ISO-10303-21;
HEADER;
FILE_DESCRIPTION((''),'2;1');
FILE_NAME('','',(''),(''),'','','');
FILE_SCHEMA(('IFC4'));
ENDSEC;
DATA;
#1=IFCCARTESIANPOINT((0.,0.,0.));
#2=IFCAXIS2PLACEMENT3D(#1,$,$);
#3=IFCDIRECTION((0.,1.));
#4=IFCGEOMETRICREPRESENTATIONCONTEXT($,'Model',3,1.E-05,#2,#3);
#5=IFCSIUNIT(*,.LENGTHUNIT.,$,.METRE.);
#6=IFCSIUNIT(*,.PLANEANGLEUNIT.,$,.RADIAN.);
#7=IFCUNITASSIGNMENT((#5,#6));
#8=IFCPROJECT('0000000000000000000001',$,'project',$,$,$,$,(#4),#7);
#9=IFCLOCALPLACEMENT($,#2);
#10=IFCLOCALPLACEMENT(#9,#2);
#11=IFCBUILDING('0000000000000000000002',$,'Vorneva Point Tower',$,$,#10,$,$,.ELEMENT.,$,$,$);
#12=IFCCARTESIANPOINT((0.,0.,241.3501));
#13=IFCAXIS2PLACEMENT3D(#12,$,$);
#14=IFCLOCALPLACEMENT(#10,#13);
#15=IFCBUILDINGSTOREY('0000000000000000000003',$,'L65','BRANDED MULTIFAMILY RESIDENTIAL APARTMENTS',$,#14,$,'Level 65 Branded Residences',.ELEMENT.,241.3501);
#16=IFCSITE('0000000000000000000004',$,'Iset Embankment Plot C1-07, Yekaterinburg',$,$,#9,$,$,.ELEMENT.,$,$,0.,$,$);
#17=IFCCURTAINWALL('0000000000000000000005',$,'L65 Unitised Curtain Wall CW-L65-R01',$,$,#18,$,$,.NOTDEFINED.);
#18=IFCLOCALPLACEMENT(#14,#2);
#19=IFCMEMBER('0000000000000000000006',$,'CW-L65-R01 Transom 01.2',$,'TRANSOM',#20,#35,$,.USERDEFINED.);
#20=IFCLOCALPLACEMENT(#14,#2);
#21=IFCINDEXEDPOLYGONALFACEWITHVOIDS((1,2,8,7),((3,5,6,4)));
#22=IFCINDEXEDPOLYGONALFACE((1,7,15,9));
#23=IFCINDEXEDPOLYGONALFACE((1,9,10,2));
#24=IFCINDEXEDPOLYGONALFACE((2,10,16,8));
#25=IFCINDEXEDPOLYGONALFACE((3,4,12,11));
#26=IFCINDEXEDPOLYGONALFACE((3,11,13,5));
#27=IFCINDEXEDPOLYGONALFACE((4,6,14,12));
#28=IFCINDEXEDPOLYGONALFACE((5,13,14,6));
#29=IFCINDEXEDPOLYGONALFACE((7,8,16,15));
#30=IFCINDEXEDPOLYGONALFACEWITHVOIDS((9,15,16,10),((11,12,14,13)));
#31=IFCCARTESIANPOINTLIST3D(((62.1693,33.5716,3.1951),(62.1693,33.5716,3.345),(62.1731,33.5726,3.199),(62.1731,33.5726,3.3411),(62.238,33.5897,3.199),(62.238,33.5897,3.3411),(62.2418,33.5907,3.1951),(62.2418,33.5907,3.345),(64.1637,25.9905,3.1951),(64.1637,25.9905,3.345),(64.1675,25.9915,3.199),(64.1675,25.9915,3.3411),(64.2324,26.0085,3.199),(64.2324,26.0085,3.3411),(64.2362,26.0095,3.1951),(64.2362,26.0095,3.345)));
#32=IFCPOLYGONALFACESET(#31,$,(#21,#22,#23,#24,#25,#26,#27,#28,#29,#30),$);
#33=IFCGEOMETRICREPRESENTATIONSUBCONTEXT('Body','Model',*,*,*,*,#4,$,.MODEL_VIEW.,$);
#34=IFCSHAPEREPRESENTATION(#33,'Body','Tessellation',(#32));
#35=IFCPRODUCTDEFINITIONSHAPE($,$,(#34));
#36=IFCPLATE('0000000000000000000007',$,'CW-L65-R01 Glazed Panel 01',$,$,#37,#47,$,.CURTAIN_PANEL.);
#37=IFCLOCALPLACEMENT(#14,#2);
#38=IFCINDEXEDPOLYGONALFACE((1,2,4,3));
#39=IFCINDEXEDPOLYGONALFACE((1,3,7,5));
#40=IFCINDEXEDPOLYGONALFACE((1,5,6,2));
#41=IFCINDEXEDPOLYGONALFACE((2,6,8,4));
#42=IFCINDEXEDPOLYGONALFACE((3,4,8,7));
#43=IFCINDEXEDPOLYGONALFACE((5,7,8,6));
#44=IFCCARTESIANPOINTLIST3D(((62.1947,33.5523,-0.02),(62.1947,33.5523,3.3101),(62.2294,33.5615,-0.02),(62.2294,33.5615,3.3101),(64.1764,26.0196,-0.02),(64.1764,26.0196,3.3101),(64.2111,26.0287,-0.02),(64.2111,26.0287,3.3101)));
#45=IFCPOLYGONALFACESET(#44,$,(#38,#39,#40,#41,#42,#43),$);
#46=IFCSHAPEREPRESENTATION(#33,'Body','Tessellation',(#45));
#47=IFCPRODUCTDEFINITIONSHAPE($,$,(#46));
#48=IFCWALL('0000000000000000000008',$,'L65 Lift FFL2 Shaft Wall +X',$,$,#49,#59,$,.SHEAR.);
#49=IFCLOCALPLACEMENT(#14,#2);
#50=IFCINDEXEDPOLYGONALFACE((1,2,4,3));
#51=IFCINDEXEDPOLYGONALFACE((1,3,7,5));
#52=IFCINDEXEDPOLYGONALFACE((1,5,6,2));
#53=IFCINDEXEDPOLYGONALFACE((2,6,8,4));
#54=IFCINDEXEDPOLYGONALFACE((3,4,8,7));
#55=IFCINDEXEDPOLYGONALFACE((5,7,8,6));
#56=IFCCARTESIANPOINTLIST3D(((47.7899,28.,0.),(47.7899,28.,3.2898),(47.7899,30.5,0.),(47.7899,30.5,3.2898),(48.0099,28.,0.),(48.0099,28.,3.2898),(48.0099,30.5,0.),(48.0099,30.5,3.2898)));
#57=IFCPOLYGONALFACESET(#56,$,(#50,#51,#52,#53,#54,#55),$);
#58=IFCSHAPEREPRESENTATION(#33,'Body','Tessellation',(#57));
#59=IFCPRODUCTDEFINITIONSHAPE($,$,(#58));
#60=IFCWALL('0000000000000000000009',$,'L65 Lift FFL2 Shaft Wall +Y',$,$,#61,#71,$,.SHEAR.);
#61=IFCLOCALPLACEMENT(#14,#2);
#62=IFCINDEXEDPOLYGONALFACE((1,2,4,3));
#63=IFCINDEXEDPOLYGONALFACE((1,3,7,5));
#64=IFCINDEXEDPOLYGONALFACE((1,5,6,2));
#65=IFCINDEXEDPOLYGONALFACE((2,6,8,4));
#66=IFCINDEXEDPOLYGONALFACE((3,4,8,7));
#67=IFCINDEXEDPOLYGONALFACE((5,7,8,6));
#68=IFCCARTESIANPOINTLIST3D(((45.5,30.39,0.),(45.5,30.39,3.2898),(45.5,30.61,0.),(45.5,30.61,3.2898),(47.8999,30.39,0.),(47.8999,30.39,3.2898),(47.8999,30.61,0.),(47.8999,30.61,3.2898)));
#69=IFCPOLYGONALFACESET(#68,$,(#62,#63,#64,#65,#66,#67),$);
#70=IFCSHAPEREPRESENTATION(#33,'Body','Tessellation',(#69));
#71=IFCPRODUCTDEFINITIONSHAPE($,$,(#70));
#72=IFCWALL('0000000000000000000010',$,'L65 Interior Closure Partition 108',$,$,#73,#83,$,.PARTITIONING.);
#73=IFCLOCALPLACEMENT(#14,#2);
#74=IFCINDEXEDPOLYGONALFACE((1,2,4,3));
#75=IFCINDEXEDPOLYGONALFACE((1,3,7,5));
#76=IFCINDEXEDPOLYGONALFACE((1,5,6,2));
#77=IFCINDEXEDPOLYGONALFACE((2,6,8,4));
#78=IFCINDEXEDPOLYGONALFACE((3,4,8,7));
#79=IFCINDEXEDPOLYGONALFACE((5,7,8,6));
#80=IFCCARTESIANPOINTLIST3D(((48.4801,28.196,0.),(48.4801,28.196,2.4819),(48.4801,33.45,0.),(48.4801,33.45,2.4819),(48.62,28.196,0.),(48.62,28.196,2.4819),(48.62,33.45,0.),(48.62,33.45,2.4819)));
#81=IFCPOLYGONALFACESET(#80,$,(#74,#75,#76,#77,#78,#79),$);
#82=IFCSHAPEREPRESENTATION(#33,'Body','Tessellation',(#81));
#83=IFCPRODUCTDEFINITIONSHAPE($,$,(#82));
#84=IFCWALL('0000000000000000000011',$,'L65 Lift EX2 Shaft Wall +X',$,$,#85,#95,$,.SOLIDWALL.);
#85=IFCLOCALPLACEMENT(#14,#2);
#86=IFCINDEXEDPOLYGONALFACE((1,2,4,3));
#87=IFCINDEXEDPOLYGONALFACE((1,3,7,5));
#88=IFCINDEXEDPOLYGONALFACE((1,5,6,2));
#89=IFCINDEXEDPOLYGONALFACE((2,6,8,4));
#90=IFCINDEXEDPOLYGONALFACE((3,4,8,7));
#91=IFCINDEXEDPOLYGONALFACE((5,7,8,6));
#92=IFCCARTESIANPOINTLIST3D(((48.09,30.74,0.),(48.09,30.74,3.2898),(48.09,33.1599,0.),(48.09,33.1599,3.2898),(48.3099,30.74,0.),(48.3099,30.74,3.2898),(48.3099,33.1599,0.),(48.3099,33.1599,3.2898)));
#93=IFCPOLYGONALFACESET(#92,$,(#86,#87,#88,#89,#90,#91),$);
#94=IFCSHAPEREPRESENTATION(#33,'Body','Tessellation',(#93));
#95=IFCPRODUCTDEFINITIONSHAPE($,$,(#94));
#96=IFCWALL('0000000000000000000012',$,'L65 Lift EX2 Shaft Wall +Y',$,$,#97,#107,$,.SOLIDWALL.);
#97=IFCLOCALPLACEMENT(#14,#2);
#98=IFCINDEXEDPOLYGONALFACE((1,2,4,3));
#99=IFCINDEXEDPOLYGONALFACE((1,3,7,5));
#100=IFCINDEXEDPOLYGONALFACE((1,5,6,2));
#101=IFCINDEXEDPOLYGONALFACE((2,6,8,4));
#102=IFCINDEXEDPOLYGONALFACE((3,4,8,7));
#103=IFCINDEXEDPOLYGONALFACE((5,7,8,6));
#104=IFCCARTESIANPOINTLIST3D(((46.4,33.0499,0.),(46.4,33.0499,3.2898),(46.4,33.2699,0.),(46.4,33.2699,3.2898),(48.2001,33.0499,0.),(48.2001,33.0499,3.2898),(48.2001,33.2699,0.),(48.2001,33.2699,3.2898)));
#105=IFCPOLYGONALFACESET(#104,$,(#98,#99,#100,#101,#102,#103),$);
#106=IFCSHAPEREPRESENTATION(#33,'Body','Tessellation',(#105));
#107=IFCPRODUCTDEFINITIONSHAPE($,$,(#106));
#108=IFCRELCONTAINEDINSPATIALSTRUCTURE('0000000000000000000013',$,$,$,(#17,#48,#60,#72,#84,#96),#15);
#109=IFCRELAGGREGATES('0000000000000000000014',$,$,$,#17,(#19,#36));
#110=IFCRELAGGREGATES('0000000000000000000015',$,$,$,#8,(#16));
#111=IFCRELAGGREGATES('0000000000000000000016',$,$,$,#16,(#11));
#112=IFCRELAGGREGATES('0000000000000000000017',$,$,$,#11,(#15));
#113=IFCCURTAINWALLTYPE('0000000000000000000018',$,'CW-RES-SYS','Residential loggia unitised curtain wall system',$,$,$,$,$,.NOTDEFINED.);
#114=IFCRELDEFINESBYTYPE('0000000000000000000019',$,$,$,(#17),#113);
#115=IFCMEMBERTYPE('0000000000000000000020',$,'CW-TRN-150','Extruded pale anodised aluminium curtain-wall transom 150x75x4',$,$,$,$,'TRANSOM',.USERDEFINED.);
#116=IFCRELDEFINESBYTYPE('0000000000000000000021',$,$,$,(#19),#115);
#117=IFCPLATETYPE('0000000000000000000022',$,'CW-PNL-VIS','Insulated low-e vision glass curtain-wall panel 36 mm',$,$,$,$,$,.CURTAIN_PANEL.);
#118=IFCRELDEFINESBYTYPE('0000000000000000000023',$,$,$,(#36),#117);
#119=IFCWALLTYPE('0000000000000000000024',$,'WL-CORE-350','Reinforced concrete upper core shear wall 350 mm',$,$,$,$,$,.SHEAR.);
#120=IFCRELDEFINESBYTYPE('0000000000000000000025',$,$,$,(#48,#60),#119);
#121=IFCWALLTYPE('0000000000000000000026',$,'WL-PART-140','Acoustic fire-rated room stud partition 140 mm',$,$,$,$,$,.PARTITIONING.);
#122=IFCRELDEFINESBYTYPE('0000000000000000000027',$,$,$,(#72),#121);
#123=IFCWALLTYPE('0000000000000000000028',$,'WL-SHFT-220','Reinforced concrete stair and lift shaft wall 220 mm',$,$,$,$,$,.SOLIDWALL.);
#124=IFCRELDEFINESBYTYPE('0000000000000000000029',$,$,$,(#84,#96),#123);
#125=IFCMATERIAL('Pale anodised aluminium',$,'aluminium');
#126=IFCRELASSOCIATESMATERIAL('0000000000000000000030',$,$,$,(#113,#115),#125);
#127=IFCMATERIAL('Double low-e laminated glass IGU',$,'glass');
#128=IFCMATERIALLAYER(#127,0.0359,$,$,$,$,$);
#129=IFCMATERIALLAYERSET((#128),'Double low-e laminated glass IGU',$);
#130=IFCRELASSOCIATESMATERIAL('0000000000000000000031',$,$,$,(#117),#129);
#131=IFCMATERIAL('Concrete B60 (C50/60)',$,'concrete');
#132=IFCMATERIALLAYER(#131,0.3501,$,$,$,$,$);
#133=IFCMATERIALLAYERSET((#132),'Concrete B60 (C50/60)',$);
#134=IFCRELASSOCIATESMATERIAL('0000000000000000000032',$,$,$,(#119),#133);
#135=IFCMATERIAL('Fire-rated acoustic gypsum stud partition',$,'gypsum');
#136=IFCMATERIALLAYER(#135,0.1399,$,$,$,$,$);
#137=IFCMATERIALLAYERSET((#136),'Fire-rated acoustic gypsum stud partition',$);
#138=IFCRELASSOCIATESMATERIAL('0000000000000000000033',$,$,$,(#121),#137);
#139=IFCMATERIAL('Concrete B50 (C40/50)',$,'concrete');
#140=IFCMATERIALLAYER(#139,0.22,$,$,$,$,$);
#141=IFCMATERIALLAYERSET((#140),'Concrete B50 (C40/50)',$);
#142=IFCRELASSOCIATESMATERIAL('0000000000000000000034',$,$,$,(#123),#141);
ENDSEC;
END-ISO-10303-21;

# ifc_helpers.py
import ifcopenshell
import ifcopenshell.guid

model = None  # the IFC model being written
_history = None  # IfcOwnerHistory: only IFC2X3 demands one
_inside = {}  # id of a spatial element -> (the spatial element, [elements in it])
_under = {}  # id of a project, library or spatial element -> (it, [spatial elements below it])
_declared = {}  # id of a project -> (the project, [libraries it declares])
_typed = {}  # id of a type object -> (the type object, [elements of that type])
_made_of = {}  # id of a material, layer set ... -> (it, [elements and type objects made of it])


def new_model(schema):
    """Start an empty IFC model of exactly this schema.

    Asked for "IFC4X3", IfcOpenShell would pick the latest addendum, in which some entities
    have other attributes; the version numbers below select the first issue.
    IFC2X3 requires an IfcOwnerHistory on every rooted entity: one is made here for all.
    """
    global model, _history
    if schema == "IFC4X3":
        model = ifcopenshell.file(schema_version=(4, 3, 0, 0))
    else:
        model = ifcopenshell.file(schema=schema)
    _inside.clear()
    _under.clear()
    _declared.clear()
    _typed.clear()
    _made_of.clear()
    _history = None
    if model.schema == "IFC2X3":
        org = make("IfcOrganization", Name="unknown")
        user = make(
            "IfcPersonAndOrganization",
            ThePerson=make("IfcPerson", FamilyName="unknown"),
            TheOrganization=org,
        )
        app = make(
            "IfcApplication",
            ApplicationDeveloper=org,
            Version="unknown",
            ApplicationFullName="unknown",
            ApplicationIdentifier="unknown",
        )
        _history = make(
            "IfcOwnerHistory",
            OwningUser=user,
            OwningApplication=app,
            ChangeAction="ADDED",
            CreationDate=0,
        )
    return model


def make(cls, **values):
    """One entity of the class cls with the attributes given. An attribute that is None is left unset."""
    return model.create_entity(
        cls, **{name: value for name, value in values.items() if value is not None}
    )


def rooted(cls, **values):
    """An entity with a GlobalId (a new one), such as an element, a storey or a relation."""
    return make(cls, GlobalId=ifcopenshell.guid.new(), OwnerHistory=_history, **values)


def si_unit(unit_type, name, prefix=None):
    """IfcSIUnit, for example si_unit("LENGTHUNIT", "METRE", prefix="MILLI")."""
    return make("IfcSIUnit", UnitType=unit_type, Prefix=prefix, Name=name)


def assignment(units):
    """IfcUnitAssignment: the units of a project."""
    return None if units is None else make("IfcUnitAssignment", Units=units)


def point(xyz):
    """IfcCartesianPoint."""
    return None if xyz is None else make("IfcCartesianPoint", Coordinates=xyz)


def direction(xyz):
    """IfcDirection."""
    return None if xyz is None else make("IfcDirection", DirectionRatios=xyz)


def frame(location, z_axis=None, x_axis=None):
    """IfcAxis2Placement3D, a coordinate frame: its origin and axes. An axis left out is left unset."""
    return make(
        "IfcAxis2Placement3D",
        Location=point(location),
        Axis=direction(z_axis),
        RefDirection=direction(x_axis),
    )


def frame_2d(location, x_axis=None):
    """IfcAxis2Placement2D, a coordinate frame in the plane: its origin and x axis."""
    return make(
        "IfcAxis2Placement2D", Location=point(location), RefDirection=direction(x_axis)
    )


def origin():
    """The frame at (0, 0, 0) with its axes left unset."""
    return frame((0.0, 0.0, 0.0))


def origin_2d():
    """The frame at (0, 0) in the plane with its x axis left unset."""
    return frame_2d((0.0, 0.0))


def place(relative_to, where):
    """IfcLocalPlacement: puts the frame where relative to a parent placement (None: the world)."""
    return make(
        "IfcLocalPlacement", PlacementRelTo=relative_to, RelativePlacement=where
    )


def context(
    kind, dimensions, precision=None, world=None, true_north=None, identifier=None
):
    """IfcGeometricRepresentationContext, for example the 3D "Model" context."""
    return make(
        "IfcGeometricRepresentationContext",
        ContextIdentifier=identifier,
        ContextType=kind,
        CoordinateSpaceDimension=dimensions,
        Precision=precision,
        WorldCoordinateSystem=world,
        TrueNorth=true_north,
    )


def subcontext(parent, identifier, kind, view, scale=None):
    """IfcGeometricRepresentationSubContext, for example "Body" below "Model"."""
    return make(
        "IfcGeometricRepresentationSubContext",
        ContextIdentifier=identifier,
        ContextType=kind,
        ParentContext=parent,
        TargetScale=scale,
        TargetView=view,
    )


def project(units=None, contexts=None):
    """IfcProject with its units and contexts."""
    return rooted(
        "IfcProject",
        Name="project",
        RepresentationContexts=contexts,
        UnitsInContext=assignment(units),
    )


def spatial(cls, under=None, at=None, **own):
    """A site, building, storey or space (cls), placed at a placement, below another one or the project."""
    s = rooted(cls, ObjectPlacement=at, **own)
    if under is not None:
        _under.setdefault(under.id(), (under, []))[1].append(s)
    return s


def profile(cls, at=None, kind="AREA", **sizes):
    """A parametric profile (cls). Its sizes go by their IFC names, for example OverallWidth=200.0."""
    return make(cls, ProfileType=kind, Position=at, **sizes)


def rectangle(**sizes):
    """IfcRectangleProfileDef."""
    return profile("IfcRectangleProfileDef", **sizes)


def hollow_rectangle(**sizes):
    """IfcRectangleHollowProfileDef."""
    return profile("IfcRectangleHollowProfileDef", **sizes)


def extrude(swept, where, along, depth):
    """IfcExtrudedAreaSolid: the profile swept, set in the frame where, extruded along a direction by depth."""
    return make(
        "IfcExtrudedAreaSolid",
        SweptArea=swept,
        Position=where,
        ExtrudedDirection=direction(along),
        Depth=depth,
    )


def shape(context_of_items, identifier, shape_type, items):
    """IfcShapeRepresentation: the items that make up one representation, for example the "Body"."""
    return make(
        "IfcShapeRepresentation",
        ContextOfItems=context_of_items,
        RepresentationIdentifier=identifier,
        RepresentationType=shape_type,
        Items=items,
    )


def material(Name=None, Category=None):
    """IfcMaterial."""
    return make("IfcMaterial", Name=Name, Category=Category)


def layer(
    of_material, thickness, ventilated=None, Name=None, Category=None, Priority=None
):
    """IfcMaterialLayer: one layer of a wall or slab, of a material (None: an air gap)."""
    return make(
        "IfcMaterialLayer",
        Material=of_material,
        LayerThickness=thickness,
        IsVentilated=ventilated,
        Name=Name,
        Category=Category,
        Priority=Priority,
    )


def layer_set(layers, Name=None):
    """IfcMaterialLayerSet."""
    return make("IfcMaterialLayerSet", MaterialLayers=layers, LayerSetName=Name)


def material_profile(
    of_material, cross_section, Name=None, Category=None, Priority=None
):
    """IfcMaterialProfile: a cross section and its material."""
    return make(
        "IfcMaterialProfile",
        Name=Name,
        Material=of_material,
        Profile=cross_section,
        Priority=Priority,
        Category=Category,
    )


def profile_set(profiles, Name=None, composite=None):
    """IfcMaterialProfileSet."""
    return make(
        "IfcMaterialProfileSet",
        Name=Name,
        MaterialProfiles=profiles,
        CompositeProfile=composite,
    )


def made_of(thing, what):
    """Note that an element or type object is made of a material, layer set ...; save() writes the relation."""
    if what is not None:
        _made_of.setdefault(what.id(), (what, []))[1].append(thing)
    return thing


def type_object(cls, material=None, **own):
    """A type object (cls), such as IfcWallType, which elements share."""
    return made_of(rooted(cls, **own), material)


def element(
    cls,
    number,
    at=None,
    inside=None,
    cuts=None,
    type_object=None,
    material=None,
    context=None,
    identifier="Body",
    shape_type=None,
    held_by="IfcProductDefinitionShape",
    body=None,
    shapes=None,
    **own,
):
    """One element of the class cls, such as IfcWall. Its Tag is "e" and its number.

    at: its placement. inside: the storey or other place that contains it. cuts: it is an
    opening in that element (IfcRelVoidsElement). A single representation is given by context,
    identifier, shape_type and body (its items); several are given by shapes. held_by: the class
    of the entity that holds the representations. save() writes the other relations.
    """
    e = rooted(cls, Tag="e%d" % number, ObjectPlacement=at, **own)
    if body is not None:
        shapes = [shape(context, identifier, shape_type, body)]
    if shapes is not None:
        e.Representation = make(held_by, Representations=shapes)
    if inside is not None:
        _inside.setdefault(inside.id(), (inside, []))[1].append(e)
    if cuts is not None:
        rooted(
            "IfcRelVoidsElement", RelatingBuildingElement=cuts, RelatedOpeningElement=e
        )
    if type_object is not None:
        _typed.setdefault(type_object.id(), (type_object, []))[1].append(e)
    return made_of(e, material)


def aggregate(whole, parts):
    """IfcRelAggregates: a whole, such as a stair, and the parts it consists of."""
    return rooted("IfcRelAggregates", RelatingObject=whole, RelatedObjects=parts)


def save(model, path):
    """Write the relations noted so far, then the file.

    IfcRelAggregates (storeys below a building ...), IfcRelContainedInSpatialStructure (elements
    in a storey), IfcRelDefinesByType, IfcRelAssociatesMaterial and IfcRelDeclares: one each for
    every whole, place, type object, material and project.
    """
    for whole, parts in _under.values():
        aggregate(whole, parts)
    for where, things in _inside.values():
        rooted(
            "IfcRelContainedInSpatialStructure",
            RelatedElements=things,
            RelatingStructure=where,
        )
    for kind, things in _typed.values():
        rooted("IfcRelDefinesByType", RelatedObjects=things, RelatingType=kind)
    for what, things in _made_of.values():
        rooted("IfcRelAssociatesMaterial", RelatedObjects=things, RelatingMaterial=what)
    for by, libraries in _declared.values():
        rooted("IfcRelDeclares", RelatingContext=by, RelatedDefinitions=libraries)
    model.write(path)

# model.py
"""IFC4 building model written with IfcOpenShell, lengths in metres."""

from ifc_helpers import new_model, si_unit, direction, frame, frame_2d, origin, origin_2d, place, context, subcontext, project, spatial, rectangle, hollow_rectangle, extrude, material, layer, layer_set, material_profile, profile_set, type_object, element, aggregate, save


model = new_model("IFC4")

# Units and contexts
model_context = context("Model", 3, precision=1e-05, world=origin(), true_north=direction((0.0, 1.0)))
body_context = subcontext(model_context, "Body", "Model", "MODEL_VIEW")
ifc_project = project(units=[si_unit("LENGTHUNIT", "METRE"), si_unit("PLANEANGLEUNIT", "RADIAN")], contexts=[model_context])

# Site, building, storey
site_placement = place(None, origin())
site = spatial("IfcSite", under=ifc_project, at=site_placement, Name="Iset Embankment Plot C1-07, Yekaterinburg", CompositionType="ELEMENT", RefElevation=0.0)
building_placement = place(site_placement, origin())
building = spatial("IfcBuilding", under=site, at=building_placement, Name="Vorneva Point Tower", CompositionType="ELEMENT")
storey_placement = place(building_placement, frame((0.0, 0.0, 241.3501)))
storey = spatial("IfcBuildingStorey", under=building, at=storey_placement, Name="L65", Description="BRANDED MULTIFAMILY RESIDENTIAL APARTMENTS", LongName="Level 65 Branded Residences", CompositionType="ELEMENT", Elevation=241.3501)

# Shared definitions
ifc_material_1 = material(Name="Concrete B50 (C40/50)", Category="concrete")

# Curtain wall, member, plate
ifc_material_2 = material(Name="Pale anodised aluminium", Category="aluminium")
curtain_wall_type = type_object("IfcCurtainWallType", Name="CW-RES-SYS", Description="Residential loggia unitised curtain wall system", PredefinedType="NOTDEFINED", material=ifc_material_2)
curtain_wall_placement = place(storey_placement, origin())
curtain_wall = element("IfcCurtainWall", 1, at=curtain_wall_placement, inside=storey, type_object=curtain_wall_type, Name="L65 Unitised Curtain Wall CW-L65-R01", PredefinedType="NOTDEFINED")
ifc_material_profile_1 = material_profile(ifc_material_2, hollow_rectangle(XDim=0.075, YDim=0.1499, WallThickness=0.0039, at=origin_2d()), Name="AL-TRN 150x75x4")
ifc_profile_set_1 = profile_set([ifc_material_profile_1], Name="Pale anodised aluminium")
member_type_1 = type_object("IfcMemberType", Name="CW-TRN-150", Description="Extruded pale anodised aluminium curtain-wall transom 150x75x4", ElementType="TRANSOM", PredefinedType="USERDEFINED", material=ifc_profile_set_1)
member_1_placement = place(storey_placement, frame((64.2, 26.0, 3.27), z_axis=(-0.254418, 0.967094, 0.0), x_axis=(-0.967094, -0.254418, 0.0)))
member_1 = element("IfcMember", 2, at=member_1_placement, type_object=member_type_1, Name="CW-L65-R01 Transom 01.2", ObjectType="TRANSOM", PredefinedType="USERDEFINED", context=body_context, shape_type="SweptSolid", body=[
    extrude(hollow_rectangle(XDim=0.075, YDim=0.1499, WallThickness=0.0039, at=origin_2d()), origin(), (0.0, 0.0, 1.0), 7.8391),
])
ifc_material_3 = material(Name="Double low-e laminated glass IGU", Category="glass")
ifc_layer_1 = layer(ifc_material_3, 0.0359)
ifc_layer_set_1 = layer_set([ifc_layer_1], Name="Double low-e laminated glass IGU")
plate_type = type_object("IfcPlateType", Name="CW-PNL-VIS", Description="Insulated low-e vision glass curtain-wall panel 36 mm", PredefinedType="CURTAIN_PANEL", material=ifc_layer_set_1)
plate_placement = place(storey_placement, frame((63.2029, 29.7905, -0.02), z_axis=(0.0, 0.0, 1.0), x_axis=(-0.254416, 0.967095, 0.0)))
plate = element("IfcPlate", 3, at=plate_placement, type_object=plate_type, Name="CW-L65-R01 Glazed Panel 01", PredefinedType="CURTAIN_PANEL", context=body_context, shape_type="SweptSolid", body=[
    extrude(rectangle(XDim=7.7891, YDim=0.0359, at=origin_2d()), origin(), (0.0, 0.0, 1.0), 3.3301),
])
aggregate(curtain_wall, [member_1, plate])

# Walls
ifc_material_4 = material(Name="Concrete B60 (C50/60)", Category="concrete")
ifc_layer_2 = layer(ifc_material_4, 0.3501)
ifc_layer_set_2 = layer_set([ifc_layer_2], Name="Concrete B60 (C50/60)")
wall_type_1 = type_object("IfcWallType", Name="WL-CORE-350", Description="Reinforced concrete upper core shear wall 350 mm", PredefinedType="SHEAR", material=ifc_layer_set_2)
wall_1_placement = place(storey_placement, frame((47.8999, 28.0, 0.0), z_axis=(0.0, 0.0, 1.0), x_axis=(0.0, 1.0, 0.0)))
element("IfcWall", 4, at=wall_1_placement, inside=storey, type_object=wall_type_1, Name="L65 Lift FFL2 Shaft Wall +X", PredefinedType="SHEAR", context=body_context, shape_type="SweptSolid", body=[
    extrude(rectangle(XDim=2.5, YDim=0.22, at=frame_2d((1.25, 0.0))), origin(), (0.0, 0.0, 1.0), 3.2898),
])
wall_2_placement = place(storey_placement, frame((47.8999, 30.5, 0.0), z_axis=(0.0, 0.0, 1.0), x_axis=(-1.0, 0.0, 0.0)))
element("IfcWall", 5, at=wall_2_placement, inside=storey, type_object=wall_type_1, Name="L65 Lift FFL2 Shaft Wall +Y", PredefinedType="SHEAR", context=body_context, shape_type="SweptSolid", body=[
    extrude(rectangle(XDim=2.3999, YDim=0.22, at=frame_2d((1.2, 0.0))), origin(), (0.0, 0.0, 1.0), 3.2898),
])
ifc_material_5 = material(Name="Fire-rated acoustic gypsum stud partition", Category="gypsum")
ifc_layer_3 = layer(ifc_material_5, 0.1399)
ifc_layer_set_3 = layer_set([ifc_layer_3], Name="Fire-rated acoustic gypsum stud partition")
wall_type_2 = type_object("IfcWallType", Name="WL-PART-140", Description="Acoustic fire-rated room stud partition 140 mm", PredefinedType="PARTITIONING", material=ifc_layer_set_3)
wall_3_placement = place(storey_placement, frame((48.55, 28.196, 0.0), z_axis=(0.0, 0.0, 1.0), x_axis=(0.0, 1.0, 0.0)))
element("IfcWall", 6, at=wall_3_placement, inside=storey, type_object=wall_type_2, Name="L65 Interior Closure Partition 108", PredefinedType="PARTITIONING", context=body_context, shape_type="SweptSolid", body=[
    extrude(rectangle(XDim=5.2539, YDim=0.1399, at=frame_2d((2.627, 0.0))), origin(), (0.0, 0.0, 1.0), 2.4819),
])
ifc_layer_4 = layer(ifc_material_1, 0.22)
ifc_layer_set_4 = layer_set([ifc_layer_4], Name="Concrete B50 (C40/50)")
wall_type_3 = type_object("IfcWallType", Name="WL-SHFT-220", Description="Reinforced concrete stair and lift shaft wall 220 mm", PredefinedType="SOLIDWALL", material=ifc_layer_set_4)
wall_4_placement = place(storey_placement, frame((48.2, 30.74, 0.0), z_axis=(0.0, 0.0, 1.0), x_axis=(0.0, 1.0, 0.0)))
element("IfcWall", 7, at=wall_4_placement, inside=storey, type_object=wall_type_3, Name="L65 Lift EX2 Shaft Wall +X", PredefinedType="SOLIDWALL", context=body_context, shape_type="SweptSolid", body=[
    extrude(rectangle(XDim=2.4199, YDim=0.22, at=frame_2d((1.21, 0.0))), origin(), (0.0, 0.0, 1.0), 3.2898),
])
wall_5_placement = place(storey_placement, frame((48.2, 33.1599, 0.0), z_axis=(0.0, 0.0, 1.0), x_axis=(-1.0, 0.0, 0.0)))
element("IfcWall", 8, at=wall_5_placement, inside=storey, type_object=wall_type_3, Name="L65 Lift EX2 Shaft Wall +Y", PredefinedType="SOLIDWALL", context=body_context, shape_type="SweptSolid", body=[
    extrude(rectangle(XDim=1.8, YDim=0.22, at=frame_2d((0.8999, 0.0))), origin(), (0.0, 0.0, 1.0), 3.2898),
])

save(model, "model.ifc")
